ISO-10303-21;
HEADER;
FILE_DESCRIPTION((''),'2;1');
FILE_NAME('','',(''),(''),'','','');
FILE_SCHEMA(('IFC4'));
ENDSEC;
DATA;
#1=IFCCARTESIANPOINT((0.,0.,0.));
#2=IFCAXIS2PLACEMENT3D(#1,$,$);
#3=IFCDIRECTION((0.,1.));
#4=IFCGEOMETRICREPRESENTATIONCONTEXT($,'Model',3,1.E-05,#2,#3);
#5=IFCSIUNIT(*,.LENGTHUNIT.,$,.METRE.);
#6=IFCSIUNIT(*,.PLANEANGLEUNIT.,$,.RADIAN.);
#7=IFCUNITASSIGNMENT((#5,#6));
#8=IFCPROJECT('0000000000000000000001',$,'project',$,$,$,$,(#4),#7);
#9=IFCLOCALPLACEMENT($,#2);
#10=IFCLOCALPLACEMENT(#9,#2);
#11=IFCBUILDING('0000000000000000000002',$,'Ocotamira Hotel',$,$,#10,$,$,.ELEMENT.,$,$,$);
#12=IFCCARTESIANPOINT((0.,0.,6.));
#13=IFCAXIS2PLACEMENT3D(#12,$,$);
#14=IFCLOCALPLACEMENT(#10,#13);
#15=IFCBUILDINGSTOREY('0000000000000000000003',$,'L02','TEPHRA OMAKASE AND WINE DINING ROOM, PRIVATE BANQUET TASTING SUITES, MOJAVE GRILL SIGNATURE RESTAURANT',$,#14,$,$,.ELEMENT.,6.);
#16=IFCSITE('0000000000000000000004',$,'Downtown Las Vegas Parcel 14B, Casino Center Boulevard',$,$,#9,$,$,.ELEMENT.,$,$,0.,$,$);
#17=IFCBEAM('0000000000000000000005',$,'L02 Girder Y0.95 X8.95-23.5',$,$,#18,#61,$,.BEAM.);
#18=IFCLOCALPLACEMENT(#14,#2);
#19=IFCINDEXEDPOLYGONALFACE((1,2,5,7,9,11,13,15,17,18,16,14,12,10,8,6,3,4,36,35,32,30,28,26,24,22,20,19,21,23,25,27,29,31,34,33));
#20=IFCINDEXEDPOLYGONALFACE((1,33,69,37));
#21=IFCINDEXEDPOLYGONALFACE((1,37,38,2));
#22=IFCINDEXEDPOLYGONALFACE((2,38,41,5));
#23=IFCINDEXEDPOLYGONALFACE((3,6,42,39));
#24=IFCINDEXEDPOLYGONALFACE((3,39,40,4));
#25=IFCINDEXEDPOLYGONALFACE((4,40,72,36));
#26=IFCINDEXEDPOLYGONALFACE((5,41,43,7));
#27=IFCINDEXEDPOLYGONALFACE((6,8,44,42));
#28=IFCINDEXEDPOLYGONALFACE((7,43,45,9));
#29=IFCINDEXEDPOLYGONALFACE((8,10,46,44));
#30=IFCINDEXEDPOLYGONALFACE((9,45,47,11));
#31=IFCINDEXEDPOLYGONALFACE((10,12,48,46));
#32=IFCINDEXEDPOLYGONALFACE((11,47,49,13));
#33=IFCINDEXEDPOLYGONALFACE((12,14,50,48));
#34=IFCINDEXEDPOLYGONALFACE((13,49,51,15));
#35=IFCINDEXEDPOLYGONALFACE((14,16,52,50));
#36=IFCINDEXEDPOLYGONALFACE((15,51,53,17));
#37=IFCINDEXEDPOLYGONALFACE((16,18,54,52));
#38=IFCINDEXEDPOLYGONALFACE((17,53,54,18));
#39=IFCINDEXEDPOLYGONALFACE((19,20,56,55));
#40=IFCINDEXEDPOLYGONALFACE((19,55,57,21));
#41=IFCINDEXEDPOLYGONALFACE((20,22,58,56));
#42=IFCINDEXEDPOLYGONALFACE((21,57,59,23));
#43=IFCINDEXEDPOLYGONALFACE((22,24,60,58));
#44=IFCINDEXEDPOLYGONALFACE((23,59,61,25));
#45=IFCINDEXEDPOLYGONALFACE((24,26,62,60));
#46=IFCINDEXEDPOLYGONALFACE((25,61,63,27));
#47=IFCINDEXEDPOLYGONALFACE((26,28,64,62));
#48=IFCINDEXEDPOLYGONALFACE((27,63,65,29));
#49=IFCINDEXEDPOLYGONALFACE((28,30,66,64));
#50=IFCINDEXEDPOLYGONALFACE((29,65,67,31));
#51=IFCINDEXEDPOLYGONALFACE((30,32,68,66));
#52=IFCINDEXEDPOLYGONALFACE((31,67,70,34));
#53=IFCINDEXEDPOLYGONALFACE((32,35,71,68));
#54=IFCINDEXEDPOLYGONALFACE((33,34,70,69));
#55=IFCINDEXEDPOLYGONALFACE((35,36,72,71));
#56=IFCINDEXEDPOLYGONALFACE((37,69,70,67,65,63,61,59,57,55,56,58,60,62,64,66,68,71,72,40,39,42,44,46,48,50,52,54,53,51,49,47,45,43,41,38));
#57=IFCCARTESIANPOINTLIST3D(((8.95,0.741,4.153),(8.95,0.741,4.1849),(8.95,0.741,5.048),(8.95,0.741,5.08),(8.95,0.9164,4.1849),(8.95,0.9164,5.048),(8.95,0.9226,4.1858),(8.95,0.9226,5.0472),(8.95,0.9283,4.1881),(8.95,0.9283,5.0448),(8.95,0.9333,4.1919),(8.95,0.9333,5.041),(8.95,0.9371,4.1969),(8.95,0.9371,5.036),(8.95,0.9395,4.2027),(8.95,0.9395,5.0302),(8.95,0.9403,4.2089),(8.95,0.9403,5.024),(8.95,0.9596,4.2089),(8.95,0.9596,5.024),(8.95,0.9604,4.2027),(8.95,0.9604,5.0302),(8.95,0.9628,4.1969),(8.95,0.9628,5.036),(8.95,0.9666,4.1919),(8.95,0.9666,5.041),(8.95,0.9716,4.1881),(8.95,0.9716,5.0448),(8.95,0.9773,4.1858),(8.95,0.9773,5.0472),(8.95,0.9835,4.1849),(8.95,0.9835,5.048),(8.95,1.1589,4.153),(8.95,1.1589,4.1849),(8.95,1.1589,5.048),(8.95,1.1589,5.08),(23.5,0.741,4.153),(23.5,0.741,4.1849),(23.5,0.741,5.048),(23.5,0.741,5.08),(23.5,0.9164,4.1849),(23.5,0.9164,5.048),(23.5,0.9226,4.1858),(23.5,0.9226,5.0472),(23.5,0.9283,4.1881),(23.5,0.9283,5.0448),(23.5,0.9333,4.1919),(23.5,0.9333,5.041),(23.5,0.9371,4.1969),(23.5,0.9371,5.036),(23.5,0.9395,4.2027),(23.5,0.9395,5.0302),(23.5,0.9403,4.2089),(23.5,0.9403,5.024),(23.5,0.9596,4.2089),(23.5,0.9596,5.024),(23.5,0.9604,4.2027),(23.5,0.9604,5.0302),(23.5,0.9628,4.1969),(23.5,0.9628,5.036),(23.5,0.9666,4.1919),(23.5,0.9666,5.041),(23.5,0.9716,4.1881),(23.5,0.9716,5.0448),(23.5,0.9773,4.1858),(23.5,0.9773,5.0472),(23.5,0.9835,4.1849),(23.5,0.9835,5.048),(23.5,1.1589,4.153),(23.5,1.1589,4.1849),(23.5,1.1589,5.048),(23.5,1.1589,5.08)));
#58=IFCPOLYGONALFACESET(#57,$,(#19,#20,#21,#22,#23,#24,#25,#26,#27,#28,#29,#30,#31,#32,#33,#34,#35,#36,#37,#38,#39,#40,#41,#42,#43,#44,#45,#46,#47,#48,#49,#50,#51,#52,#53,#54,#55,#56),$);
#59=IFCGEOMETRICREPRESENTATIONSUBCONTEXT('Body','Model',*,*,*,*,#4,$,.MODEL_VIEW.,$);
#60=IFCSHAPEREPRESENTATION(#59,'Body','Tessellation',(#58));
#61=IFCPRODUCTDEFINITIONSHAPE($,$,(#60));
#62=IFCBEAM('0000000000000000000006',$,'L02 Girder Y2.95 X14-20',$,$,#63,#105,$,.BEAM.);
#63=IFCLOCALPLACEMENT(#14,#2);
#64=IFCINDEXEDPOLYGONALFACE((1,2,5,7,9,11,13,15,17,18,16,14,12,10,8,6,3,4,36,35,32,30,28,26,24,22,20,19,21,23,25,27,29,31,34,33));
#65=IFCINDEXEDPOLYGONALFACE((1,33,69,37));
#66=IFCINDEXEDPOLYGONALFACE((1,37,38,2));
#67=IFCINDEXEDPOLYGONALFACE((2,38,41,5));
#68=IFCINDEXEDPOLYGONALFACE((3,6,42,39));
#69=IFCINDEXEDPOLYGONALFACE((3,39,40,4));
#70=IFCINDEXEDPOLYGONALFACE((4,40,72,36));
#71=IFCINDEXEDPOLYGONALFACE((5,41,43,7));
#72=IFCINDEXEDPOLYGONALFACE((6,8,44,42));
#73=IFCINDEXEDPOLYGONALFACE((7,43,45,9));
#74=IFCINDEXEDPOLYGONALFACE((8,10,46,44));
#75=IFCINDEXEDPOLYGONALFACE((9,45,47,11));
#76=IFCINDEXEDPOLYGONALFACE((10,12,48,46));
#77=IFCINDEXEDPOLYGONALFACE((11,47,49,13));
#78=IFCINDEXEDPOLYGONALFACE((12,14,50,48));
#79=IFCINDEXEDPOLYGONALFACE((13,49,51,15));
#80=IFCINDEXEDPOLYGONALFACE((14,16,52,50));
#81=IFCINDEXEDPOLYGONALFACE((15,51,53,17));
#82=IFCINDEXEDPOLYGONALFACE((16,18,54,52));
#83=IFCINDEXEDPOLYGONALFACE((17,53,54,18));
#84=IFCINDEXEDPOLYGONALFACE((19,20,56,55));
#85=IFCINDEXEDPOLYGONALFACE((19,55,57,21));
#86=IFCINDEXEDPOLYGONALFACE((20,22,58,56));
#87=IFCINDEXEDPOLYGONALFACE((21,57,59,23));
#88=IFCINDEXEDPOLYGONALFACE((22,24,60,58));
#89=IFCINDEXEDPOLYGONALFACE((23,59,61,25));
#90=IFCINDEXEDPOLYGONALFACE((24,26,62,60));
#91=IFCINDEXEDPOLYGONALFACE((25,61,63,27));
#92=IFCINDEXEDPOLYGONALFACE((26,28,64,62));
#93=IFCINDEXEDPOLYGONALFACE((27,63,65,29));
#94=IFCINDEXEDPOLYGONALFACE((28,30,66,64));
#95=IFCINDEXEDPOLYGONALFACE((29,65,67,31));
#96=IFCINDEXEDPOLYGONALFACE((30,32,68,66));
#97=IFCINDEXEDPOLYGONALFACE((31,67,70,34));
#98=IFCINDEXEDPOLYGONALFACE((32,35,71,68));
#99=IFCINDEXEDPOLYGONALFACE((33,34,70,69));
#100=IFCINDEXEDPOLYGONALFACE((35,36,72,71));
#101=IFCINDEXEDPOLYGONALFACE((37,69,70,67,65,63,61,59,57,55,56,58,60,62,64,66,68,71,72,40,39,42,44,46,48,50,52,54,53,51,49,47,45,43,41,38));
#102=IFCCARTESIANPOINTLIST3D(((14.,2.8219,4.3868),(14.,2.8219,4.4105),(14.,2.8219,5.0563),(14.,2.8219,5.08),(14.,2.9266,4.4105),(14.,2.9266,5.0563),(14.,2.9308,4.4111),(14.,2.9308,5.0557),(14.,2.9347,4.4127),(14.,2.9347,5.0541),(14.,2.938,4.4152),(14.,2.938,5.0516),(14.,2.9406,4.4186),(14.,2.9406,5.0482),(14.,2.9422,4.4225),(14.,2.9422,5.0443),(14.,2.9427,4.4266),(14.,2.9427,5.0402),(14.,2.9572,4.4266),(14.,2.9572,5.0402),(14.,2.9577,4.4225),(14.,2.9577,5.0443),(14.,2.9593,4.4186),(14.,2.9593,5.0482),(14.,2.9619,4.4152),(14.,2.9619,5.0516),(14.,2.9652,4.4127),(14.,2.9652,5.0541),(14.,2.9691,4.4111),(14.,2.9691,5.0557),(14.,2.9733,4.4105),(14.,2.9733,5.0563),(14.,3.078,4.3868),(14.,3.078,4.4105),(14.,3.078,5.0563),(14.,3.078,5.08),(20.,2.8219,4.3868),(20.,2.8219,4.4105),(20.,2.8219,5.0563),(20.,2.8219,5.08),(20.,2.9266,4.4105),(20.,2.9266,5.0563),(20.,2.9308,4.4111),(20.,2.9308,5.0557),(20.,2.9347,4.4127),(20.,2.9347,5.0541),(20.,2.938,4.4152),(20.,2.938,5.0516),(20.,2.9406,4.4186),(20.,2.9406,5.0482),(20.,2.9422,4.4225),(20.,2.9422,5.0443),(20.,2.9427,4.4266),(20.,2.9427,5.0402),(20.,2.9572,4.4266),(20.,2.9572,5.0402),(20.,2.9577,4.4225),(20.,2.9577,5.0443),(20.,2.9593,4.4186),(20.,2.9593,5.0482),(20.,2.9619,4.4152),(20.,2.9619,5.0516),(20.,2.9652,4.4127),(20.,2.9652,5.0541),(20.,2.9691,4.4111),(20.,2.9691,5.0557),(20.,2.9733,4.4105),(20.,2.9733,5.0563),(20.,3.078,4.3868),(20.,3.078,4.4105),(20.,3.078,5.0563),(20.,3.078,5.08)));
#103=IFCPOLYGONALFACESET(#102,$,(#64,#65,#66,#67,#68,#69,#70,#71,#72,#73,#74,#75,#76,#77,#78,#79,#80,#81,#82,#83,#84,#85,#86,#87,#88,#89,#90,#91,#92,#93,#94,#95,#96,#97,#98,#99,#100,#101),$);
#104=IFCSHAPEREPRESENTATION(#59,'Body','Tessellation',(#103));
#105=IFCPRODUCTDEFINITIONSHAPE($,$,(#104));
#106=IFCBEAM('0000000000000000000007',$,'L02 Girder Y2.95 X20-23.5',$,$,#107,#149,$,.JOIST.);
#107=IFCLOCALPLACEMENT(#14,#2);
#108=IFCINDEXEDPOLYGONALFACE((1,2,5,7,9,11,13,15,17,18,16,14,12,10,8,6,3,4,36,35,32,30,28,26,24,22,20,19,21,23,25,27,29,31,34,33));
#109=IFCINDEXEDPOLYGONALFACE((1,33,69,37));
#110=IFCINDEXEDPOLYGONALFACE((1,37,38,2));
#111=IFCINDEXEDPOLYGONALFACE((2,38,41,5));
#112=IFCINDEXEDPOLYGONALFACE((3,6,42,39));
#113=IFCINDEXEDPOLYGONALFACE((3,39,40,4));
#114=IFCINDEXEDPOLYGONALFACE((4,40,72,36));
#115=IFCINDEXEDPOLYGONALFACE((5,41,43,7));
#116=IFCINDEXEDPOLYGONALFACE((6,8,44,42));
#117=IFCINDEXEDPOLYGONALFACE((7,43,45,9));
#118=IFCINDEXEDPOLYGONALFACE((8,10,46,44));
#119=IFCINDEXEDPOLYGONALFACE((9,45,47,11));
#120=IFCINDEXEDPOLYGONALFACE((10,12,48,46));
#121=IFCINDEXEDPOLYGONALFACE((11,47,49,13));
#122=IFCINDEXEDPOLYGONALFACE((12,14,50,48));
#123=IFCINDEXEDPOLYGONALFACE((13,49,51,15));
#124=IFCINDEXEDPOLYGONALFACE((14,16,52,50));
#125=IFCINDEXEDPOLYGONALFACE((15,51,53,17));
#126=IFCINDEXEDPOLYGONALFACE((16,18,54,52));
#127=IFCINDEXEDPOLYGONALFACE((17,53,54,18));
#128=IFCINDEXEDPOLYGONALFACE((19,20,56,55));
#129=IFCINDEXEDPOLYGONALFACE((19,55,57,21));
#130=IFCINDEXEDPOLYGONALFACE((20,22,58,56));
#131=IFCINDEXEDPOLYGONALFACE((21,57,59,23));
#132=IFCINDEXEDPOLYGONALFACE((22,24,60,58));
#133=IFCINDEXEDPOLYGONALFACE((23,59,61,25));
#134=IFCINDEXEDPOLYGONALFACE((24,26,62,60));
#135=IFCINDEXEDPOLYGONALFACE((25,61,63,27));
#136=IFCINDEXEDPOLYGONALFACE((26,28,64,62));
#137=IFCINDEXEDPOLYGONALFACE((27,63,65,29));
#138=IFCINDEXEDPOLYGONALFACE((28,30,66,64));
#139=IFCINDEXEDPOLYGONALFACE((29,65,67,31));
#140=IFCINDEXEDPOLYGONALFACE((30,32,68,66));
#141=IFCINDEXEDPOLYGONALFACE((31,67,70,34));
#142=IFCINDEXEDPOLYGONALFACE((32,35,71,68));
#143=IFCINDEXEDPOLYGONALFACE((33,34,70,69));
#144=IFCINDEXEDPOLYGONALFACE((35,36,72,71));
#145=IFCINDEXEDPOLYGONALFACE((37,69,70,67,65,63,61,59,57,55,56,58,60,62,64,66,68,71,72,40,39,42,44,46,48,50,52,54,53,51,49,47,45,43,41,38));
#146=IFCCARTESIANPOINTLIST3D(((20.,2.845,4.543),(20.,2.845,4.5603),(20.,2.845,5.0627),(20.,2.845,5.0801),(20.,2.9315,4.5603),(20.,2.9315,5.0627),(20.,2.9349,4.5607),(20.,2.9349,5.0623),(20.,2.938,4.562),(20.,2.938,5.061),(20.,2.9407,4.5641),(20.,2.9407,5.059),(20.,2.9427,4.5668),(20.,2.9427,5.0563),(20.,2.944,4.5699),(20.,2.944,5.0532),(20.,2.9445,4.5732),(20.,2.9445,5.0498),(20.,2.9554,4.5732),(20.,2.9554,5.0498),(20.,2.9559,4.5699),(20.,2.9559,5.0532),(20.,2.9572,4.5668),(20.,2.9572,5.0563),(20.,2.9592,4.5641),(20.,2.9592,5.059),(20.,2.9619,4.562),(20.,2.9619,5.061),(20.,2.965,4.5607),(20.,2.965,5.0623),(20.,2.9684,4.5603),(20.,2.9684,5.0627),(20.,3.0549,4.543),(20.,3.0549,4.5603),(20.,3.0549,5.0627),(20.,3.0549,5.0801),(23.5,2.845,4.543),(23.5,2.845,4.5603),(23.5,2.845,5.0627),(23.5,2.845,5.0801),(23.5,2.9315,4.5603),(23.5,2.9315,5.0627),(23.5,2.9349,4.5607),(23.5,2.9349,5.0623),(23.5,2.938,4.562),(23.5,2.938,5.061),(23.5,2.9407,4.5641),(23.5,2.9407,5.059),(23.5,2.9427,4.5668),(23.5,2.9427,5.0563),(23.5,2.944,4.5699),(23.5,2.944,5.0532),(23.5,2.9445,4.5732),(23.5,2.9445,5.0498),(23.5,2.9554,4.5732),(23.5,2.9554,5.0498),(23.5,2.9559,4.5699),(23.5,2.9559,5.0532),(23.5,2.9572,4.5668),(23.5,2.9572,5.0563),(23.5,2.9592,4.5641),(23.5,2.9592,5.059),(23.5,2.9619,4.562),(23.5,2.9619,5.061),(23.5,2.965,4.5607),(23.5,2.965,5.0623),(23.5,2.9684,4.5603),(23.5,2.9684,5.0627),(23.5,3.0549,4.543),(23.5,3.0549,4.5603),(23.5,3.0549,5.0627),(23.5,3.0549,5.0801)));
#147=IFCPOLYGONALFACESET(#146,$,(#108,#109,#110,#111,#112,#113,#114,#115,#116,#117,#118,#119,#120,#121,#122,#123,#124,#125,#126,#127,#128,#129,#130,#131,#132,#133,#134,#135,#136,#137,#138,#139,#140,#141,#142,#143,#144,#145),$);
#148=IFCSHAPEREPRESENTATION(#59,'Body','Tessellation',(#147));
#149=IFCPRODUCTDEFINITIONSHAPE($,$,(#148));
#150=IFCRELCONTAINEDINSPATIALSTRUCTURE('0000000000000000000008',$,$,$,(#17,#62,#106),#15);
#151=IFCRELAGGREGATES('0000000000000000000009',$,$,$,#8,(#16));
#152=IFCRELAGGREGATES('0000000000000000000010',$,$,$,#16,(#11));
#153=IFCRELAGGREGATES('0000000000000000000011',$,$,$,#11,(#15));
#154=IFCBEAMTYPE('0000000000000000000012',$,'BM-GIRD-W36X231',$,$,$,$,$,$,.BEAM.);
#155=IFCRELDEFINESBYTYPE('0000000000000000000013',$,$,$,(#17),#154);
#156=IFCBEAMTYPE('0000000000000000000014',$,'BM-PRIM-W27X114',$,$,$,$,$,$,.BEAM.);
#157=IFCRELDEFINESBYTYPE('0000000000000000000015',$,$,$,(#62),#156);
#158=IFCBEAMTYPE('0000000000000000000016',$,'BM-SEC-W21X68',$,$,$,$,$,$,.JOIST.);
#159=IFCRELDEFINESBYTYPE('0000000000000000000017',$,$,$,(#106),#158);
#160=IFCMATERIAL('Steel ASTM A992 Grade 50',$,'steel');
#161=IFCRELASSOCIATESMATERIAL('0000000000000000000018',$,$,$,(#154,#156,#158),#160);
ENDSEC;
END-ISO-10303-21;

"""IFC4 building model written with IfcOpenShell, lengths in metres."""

from ifc_helpers import new_model, si_unit, direction, frame, origin, origin_2d, place, context, subcontext, project, spatial, i_section, extrude, source, transform, mapped, material, material_profile, profile_set, type_object, element, save


model = new_model("IFC4")

# Units and contexts
model_context = context("Model", 3, precision=1e-05, world=origin(), true_north=direction((0.0, 1.0)))
body_context = subcontext(model_context, "Body", "Model", "MODEL_VIEW")
ifc_project = project(units=[si_unit("LENGTHUNIT", "METRE"), si_unit("PLANEANGLEUNIT", "RADIAN")], contexts=[model_context])

# Site, building, storey
site_placement = place(None, origin())
site = spatial("IfcSite", under=ifc_project, at=site_placement, Name="Downtown Las Vegas Parcel 14B, Casino Center Boulevard", CompositionType="ELEMENT", RefElevation=0.0)
building_placement = place(site_placement, origin())
building = spatial("IfcBuilding", under=site, at=building_placement, Name="Ocotamira Hotel", CompositionType="ELEMENT")
storey_placement = place(building_placement, frame((0.0, 0.0, 6.0)))
storey = spatial("IfcBuildingStorey", under=building, at=storey_placement, Name="L02", Description="TEPHRA OMAKASE AND WINE DINING ROOM, PRIVATE BANQUET TASTING SUITES, MOJAVE GRILL SIGNATURE RESTAURANT", CompositionType="ELEMENT", Elevation=6.0)

# Beams
ifc_material_1 = material(Name="Steel ASTM A992 Grade 50", Category="steel")
ifc_material_profile_1 = material_profile(ifc_material_1, i_section(OverallWidth=0.418, OverallDepth=0.927, WebThickness=0.0193, FlangeThickness=0.032, FilletRadius=0.0239, at=origin_2d()), Name="W36X231")
ifc_profile_set_1 = profile_set([ifc_material_profile_1], Name="Steel ASTM A992 Grade 50")
beam_type_1 = type_object("IfcBeamType", Name="BM-GIRD-W36X231", PredefinedType="BEAM", material=ifc_profile_set_1)
shared_shape_1 = source(origin(), body_context, "Body", "SweptSolid", [
    extrude(i_section(OverallWidth=0.418, OverallDepth=0.927, WebThickness=0.0193, FlangeThickness=0.032, FilletRadius=0.0239, at=origin_2d()), origin(), (0.0, 0.0, 1.0), 14.55),
])
beam_1_placement = place(storey_placement, frame((8.95, 0.95, 4.6165), z_axis=(1.0, 0.0, 0.0), x_axis=(0.0, 1.0, 0.0)))
element("IfcBeam", 1, at=beam_1_placement, inside=storey, type_object=beam_type_1, Name="L02 Girder Y0.95 X8.95-23.5", PredefinedType="BEAM", context=body_context, shape_type="MappedRepresentation", body=[
    mapped(shared_shape_1, transform((0.0, 0.0, 0.0), scale=1.0)),
])
ifc_material_profile_2 = material_profile(ifc_material_1, i_section(OverallWidth=0.2561, OverallDepth=0.6931, WebThickness=0.0144, FlangeThickness=0.0237, FilletRadius=0.0161, at=origin_2d()), Name="W27X114")
ifc_profile_set_2 = profile_set([ifc_material_profile_2], Name="Steel ASTM A992 Grade 50")
beam_type_2 = type_object("IfcBeamType", Name="BM-PRIM-W27X114", PredefinedType="BEAM", material=ifc_profile_set_2)
shared_shape_2 = source(origin(), body_context, "Body", "SweptSolid", [
    extrude(i_section(OverallWidth=0.2561, OverallDepth=0.6931, WebThickness=0.0144, FlangeThickness=0.0237, FilletRadius=0.0161, at=origin_2d()), origin(), (0.0, 0.0, 1.0), 6.0),
])
beam_2_placement = place(storey_placement, frame((14.0, 2.95, 4.7334), z_axis=(1.0, 0.0, 0.0), x_axis=(0.0, 1.0, 0.0)))
element("IfcBeam", 2, at=beam_2_placement, inside=storey, type_object=beam_type_2, Name="L02 Girder Y2.95 X14-20", PredefinedType="BEAM", context=body_context, shape_type="MappedRepresentation", body=[
    mapped(shared_shape_2, transform((0.0, 0.0, 0.0), scale=1.0)),
])
ifc_material_profile_3 = material_profile(ifc_material_1, i_section(OverallWidth=0.21, OverallDepth=0.5371, WebThickness=0.011, FlangeThickness=0.0173, FilletRadius=0.0129, at=origin_2d()), Name="W21X68")
ifc_profile_set_3 = profile_set([ifc_material_profile_3], Name="Steel ASTM A992 Grade 50")
beam_type_3 = type_object("IfcBeamType", Name="BM-SEC-W21X68", PredefinedType="JOIST", material=ifc_profile_set_3)
shared_shape_3 = source(origin(), body_context, "Body", "SweptSolid", [
    extrude(i_section(OverallWidth=0.21, OverallDepth=0.5371, WebThickness=0.011, FlangeThickness=0.0173, FilletRadius=0.0129, at=origin_2d()), origin(), (0.0, 0.0, 1.0), 3.5),
])
beam_3_placement = place(storey_placement, frame((20.0, 2.95, 4.8115), z_axis=(1.0, 0.0, 0.0), x_axis=(0.0, 1.0, 0.0)))
element("IfcBeam", 3, at=beam_3_placement, inside=storey, type_object=beam_type_3, Name="L02 Girder Y2.95 X20-23.5", PredefinedType="JOIST", context=body_context, shape_type="MappedRepresentation", body=[
    mapped(shared_shape_3, transform((0.0, 0.0, 0.0), scale=1.0)),
])

save(model, "model.ifc")
